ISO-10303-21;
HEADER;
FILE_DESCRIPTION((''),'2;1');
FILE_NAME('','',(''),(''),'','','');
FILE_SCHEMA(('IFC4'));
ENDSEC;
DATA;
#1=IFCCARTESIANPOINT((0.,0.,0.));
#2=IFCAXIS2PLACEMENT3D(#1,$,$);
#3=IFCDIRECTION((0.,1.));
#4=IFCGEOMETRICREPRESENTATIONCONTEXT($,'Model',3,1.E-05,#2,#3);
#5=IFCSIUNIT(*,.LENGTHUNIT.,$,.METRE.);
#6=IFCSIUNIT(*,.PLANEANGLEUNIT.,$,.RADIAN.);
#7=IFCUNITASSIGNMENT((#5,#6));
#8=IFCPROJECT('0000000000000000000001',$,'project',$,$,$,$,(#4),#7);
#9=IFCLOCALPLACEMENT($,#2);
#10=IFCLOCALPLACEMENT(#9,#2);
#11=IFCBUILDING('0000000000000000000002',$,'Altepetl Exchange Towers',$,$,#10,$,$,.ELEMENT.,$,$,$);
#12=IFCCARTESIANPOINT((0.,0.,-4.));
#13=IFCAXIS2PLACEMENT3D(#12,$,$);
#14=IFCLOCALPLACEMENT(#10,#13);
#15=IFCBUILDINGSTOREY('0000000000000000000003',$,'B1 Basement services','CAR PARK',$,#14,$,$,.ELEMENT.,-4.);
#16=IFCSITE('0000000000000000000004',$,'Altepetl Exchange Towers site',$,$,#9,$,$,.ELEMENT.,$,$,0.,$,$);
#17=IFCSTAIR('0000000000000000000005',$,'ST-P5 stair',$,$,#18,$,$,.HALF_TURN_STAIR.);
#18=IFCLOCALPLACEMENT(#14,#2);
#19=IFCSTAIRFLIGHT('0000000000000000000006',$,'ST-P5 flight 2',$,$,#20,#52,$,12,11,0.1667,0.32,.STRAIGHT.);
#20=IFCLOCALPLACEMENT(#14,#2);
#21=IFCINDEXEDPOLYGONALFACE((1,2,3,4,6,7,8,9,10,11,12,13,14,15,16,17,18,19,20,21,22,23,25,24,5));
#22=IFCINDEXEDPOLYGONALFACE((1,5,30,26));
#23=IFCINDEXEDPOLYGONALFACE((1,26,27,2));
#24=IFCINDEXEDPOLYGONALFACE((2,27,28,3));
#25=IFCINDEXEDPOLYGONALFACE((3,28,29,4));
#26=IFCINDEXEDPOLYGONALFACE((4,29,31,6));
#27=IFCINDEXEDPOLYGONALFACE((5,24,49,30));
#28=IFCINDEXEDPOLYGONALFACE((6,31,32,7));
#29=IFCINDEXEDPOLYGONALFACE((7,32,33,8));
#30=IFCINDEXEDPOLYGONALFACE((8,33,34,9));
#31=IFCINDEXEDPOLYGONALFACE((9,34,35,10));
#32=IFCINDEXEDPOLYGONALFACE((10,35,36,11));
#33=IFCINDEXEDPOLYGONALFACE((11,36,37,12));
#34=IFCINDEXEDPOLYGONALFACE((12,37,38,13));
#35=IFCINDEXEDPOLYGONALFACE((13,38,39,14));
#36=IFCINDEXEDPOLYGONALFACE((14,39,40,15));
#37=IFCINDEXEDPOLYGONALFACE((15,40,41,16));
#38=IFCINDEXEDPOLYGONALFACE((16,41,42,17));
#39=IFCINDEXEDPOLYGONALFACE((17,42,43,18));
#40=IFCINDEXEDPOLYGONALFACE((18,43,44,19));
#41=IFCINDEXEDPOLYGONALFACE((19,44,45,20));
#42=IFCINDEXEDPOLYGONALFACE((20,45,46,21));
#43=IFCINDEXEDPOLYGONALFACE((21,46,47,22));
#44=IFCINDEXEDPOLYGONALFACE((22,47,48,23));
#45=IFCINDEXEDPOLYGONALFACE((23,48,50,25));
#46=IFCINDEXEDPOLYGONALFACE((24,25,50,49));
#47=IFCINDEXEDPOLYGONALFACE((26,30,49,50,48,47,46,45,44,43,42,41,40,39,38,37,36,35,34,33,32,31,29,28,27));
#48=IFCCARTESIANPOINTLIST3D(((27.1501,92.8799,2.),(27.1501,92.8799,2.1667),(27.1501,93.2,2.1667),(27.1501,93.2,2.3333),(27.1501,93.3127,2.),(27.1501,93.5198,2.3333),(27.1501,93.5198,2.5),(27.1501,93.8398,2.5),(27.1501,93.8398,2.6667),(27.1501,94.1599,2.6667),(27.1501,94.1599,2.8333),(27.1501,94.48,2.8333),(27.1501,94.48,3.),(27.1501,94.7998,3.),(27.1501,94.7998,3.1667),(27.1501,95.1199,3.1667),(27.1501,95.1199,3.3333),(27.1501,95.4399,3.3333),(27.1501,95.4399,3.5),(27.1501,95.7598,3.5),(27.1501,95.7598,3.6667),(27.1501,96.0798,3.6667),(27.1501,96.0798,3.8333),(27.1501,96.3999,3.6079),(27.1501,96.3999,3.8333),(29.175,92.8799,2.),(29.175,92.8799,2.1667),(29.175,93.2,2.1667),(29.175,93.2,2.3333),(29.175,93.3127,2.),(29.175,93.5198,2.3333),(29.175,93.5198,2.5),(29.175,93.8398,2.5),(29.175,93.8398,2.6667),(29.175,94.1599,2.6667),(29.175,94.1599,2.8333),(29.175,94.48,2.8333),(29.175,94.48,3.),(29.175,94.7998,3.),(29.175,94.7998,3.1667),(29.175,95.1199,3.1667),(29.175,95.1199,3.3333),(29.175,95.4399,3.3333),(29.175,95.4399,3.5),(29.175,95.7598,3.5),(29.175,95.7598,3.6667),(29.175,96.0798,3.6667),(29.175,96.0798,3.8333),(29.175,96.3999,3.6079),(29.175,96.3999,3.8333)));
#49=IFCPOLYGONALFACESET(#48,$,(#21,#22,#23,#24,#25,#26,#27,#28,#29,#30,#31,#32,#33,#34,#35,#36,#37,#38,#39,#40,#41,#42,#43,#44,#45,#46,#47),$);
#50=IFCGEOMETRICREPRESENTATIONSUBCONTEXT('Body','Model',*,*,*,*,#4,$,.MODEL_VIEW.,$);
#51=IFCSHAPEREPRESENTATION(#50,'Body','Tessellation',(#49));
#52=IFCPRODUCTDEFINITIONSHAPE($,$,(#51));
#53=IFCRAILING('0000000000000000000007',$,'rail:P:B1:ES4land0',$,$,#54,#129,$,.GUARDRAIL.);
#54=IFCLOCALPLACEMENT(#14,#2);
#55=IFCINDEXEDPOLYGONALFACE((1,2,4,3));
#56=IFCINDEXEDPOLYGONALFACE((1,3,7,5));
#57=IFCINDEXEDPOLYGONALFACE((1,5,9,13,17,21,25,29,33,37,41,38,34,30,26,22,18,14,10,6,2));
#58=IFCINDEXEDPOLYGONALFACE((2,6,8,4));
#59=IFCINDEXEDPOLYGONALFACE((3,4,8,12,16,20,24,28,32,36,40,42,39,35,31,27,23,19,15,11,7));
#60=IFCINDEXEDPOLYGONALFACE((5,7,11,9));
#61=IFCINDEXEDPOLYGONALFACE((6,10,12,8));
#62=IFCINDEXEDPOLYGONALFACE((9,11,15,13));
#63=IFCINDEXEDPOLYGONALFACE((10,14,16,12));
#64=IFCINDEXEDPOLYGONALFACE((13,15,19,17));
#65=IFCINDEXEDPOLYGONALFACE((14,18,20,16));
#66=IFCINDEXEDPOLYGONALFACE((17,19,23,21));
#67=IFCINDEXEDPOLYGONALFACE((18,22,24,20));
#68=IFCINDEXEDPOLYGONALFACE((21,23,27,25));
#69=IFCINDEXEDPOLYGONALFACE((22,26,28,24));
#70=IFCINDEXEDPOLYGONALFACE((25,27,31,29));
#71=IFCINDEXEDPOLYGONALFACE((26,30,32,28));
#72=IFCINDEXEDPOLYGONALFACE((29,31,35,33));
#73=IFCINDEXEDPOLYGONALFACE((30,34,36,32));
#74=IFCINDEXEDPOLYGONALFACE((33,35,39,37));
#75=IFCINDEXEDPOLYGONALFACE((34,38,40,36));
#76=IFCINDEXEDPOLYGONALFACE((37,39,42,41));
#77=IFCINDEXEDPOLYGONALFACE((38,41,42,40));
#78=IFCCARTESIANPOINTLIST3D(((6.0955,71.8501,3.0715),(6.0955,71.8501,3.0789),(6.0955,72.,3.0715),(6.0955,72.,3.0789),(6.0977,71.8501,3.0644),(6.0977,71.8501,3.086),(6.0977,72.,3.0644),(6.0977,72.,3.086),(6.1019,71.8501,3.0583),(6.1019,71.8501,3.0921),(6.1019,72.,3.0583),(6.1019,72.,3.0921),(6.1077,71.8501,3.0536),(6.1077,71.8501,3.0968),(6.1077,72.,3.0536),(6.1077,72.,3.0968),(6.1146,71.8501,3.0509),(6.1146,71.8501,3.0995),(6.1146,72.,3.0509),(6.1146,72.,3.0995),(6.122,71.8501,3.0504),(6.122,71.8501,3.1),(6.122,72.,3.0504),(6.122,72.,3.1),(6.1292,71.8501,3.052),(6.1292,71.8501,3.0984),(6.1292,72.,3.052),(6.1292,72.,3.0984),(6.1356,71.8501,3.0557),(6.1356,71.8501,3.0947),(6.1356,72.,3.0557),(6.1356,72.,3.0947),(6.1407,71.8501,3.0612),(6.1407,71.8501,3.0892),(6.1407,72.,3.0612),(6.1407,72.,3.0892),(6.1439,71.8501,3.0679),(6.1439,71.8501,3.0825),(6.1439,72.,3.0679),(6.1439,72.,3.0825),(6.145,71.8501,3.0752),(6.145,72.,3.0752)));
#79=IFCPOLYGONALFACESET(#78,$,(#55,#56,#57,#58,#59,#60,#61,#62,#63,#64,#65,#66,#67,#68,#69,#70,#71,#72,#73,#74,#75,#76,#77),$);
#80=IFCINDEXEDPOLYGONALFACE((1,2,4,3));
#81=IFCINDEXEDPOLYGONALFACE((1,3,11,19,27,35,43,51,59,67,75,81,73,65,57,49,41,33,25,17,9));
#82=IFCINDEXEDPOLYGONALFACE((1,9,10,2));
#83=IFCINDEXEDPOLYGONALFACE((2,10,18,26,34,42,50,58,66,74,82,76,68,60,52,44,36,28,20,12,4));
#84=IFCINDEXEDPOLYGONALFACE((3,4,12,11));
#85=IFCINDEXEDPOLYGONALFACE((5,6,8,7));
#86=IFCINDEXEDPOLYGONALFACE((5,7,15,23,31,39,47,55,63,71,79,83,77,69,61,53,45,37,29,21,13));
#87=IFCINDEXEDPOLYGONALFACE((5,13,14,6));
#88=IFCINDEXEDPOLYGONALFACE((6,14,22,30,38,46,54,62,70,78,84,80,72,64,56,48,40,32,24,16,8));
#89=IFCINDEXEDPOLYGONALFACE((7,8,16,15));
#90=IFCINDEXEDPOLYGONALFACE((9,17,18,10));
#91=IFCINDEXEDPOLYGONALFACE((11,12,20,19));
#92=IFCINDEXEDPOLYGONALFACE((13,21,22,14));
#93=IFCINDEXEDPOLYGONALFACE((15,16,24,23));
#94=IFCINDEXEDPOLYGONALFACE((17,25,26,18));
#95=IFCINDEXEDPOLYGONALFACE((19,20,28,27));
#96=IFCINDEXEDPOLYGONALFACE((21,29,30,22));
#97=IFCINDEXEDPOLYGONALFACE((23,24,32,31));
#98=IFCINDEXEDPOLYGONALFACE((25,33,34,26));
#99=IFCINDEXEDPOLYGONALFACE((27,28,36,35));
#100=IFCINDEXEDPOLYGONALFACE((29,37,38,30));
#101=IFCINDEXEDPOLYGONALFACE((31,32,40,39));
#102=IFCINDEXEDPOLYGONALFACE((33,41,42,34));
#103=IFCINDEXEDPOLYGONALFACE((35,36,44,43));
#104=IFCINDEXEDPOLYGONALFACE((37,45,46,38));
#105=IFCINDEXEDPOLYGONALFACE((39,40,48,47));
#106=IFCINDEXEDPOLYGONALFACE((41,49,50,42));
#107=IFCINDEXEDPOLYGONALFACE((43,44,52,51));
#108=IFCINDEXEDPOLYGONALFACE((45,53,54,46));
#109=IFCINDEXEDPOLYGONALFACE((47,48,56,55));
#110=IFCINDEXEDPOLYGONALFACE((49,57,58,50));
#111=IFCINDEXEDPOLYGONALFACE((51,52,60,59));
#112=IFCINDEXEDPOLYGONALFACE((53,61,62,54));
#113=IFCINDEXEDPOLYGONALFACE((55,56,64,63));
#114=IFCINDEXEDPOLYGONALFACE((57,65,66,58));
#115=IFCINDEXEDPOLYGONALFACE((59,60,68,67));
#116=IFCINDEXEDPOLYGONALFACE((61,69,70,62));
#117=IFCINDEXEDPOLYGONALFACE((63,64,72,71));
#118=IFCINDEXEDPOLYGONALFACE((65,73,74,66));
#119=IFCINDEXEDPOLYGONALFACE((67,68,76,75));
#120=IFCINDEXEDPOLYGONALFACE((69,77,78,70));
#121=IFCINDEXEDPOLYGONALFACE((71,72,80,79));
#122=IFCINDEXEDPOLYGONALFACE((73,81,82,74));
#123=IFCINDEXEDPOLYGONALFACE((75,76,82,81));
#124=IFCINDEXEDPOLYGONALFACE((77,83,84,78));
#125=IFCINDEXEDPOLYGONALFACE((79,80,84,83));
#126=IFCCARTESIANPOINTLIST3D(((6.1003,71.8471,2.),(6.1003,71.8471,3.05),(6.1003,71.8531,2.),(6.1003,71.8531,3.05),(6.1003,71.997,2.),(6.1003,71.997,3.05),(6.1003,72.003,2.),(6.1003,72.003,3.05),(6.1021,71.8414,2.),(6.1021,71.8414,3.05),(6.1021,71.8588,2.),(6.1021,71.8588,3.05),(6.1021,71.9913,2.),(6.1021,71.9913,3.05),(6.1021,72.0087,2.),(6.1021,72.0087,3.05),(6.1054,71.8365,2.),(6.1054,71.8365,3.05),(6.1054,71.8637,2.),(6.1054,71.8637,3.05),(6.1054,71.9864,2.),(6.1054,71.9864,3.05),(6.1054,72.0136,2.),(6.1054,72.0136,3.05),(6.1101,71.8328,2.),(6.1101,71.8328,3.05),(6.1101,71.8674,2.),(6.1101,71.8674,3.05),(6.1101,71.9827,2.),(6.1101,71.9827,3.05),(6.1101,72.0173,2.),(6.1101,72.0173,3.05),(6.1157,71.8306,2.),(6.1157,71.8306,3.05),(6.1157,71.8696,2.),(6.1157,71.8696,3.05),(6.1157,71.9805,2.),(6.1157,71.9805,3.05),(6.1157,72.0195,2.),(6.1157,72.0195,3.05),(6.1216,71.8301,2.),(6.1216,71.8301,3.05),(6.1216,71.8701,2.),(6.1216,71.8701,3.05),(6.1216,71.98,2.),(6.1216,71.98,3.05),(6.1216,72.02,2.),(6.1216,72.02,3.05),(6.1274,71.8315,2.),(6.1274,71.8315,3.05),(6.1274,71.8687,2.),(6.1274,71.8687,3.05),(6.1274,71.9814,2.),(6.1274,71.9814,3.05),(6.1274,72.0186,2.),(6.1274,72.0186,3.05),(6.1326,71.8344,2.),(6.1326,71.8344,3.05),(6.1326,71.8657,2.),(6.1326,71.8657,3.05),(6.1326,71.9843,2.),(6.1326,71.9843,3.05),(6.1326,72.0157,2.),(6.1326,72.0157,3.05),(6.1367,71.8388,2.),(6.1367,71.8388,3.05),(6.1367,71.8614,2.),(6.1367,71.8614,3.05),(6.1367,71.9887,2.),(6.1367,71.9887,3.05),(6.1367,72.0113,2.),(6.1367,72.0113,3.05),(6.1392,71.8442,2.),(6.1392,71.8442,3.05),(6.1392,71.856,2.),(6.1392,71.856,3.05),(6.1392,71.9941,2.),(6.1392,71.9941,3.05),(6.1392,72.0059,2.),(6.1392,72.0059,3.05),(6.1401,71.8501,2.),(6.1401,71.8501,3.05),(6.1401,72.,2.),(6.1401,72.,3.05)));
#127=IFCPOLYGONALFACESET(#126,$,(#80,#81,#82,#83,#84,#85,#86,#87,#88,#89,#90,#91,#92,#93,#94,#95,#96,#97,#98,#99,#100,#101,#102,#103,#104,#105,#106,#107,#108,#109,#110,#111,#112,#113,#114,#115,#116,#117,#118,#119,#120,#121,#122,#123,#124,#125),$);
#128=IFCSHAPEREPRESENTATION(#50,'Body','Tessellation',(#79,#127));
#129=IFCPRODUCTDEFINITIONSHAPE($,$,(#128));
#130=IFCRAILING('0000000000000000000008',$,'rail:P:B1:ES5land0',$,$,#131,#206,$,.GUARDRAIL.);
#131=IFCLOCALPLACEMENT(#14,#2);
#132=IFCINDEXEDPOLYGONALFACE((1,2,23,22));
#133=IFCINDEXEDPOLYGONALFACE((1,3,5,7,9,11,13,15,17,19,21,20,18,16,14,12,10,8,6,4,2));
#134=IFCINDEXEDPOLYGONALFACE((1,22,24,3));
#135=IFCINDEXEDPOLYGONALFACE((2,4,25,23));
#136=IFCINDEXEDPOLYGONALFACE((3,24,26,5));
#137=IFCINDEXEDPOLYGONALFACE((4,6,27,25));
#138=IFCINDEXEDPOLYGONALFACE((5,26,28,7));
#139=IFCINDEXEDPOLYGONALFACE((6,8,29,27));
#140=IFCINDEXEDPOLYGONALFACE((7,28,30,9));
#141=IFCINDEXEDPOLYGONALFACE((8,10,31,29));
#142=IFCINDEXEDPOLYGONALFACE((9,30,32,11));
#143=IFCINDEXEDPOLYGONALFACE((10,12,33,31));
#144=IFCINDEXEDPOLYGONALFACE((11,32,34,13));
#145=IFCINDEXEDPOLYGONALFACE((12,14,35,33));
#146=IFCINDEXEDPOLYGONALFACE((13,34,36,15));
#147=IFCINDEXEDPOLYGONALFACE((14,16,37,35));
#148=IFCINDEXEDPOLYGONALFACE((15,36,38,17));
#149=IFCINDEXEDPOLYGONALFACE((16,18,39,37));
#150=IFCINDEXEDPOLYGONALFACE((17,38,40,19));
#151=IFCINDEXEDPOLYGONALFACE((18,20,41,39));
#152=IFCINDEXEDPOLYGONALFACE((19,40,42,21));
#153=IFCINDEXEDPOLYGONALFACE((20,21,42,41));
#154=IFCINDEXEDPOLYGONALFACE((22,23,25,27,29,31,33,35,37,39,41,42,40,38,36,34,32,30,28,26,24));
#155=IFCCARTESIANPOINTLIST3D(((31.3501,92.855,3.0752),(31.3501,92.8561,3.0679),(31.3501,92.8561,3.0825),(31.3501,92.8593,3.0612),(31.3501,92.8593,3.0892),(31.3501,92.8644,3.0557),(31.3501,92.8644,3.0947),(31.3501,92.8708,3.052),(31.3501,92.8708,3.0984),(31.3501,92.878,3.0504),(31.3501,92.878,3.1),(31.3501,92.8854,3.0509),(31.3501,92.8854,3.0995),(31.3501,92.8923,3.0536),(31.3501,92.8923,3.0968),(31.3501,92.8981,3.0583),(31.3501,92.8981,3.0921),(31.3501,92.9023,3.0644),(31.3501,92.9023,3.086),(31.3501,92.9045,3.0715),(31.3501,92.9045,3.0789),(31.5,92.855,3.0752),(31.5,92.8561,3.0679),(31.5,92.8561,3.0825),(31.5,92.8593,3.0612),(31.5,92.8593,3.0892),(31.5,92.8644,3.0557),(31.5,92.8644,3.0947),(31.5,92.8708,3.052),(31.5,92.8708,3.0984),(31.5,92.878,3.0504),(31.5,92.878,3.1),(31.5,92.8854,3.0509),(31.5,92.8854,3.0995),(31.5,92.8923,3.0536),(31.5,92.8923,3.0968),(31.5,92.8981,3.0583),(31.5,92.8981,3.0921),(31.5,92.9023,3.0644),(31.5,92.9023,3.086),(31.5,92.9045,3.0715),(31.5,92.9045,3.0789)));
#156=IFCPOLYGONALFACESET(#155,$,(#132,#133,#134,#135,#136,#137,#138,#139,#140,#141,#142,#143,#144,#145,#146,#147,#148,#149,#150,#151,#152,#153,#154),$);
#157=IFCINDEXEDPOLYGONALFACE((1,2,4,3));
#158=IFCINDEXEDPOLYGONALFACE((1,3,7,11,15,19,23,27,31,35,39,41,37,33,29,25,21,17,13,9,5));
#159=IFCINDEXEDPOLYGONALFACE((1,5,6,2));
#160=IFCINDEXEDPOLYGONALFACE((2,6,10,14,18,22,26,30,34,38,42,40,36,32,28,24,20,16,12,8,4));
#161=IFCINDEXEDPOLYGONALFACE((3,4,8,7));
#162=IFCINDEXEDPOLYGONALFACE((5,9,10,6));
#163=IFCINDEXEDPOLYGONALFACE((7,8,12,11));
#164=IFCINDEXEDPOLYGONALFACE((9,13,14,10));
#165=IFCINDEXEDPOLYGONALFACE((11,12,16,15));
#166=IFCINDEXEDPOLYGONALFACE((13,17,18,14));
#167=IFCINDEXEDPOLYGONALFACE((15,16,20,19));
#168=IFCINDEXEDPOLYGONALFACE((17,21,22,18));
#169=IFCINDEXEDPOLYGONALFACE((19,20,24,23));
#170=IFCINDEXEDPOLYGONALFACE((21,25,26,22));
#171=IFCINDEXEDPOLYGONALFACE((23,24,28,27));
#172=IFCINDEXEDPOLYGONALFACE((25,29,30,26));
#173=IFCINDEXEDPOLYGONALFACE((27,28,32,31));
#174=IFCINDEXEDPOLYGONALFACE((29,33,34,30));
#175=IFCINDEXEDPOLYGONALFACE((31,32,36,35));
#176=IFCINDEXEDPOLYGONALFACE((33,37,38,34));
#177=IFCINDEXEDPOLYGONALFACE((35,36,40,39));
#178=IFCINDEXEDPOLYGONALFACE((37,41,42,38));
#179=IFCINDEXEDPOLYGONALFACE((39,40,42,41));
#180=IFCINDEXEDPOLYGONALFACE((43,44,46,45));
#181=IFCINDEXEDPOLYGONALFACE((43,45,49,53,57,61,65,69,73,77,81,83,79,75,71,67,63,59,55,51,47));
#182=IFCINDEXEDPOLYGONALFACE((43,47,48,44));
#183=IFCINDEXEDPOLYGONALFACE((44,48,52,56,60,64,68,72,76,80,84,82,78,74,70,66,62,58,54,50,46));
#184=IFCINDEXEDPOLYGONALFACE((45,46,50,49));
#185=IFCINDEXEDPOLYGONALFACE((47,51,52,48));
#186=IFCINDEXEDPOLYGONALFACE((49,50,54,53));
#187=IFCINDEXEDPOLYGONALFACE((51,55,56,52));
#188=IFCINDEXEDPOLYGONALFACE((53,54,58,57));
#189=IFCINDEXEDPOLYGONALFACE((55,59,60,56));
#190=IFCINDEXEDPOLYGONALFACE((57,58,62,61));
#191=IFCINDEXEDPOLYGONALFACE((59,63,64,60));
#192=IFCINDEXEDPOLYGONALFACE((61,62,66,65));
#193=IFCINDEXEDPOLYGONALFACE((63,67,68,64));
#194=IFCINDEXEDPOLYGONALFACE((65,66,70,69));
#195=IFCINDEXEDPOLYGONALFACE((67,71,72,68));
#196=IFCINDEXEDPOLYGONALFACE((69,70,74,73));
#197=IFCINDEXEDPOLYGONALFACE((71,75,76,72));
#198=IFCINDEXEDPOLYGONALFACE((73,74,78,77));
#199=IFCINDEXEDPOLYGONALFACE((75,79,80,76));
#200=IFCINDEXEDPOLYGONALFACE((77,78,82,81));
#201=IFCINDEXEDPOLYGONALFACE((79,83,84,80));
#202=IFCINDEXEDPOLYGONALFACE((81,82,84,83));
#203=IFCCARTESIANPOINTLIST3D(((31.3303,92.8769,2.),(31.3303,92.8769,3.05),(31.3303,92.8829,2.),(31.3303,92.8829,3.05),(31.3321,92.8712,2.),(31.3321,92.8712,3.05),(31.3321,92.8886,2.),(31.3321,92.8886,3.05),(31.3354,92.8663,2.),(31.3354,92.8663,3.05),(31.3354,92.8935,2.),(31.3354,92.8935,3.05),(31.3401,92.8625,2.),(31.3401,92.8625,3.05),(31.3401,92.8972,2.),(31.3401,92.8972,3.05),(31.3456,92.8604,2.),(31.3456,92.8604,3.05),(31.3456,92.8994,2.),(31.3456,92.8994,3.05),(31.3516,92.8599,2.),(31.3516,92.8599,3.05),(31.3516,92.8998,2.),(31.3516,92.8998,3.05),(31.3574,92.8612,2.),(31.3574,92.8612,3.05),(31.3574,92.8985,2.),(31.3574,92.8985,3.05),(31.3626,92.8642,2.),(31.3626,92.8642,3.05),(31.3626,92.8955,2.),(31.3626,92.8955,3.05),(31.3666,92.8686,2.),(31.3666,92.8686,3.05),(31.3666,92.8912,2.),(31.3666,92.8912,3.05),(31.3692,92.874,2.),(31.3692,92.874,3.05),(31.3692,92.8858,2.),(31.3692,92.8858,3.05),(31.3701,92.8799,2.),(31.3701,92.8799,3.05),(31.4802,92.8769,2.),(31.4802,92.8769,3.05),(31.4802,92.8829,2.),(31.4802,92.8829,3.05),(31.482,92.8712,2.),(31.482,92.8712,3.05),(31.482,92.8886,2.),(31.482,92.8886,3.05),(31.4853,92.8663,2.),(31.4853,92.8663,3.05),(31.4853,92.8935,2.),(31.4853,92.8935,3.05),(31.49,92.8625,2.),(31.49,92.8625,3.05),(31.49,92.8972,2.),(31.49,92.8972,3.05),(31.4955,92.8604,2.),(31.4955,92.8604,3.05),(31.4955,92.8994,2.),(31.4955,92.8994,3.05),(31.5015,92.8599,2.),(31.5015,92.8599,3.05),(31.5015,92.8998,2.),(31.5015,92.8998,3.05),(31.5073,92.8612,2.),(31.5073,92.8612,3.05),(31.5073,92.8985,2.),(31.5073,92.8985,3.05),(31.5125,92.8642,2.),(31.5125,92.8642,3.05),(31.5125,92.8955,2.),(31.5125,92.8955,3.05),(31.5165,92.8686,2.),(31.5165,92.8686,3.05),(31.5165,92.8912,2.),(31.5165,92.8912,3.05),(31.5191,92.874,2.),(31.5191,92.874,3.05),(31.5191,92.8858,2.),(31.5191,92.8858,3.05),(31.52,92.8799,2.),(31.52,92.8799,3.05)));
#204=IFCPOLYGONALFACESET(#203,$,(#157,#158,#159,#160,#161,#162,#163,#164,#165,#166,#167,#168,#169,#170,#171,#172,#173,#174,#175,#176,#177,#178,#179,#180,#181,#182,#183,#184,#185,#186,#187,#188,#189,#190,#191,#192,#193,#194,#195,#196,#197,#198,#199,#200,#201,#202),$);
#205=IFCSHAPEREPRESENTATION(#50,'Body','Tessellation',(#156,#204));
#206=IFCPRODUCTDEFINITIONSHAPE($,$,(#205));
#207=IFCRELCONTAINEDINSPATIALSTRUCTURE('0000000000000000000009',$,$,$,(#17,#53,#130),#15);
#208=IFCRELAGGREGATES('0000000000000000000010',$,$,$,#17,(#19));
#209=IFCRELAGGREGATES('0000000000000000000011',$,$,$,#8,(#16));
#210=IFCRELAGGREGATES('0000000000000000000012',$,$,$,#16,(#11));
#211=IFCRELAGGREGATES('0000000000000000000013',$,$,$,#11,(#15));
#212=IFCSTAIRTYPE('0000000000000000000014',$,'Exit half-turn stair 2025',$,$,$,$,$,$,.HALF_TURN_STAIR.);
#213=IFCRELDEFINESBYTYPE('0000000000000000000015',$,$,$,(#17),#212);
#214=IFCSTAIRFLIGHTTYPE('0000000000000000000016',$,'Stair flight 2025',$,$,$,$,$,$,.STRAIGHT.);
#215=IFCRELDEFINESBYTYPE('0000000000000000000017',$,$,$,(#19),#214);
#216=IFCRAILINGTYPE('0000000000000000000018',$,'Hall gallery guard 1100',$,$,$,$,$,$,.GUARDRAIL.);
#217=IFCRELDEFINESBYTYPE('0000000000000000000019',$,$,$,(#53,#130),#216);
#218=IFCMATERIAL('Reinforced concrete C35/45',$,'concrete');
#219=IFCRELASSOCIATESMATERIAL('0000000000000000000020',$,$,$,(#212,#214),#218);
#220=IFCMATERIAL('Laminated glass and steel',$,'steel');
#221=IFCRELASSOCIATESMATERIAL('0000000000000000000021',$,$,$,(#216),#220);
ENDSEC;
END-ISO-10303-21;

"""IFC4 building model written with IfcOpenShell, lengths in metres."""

from ifc_helpers import new_model, si_unit, direction, frame, origin, origin_2d, place, context, subcontext, project, spatial, polyline, circle, outline, extrude, source, transform, mapped, material, type_object, element, aggregate, save


model = new_model("IFC4")

# Units and contexts
model_context = context("Model", 3, precision=1e-05, world=origin(), true_north=direction((0.0, 1.0)))
body_context = subcontext(model_context, "Body", "Model", "MODEL_VIEW")
ifc_project = project(units=[si_unit("LENGTHUNIT", "METRE"), si_unit("PLANEANGLEUNIT", "RADIAN")], contexts=[model_context])

# Site, building, storey
site_placement = place(None, origin())
site = spatial("IfcSite", under=ifc_project, at=site_placement, Name="Altepetl Exchange Towers site", CompositionType="ELEMENT", RefElevation=0.0)
building_placement = place(site_placement, origin())
building = spatial("IfcBuilding", under=site, at=building_placement, Name="Altepetl Exchange Towers", CompositionType="ELEMENT")
storey_placement = place(building_placement, frame((0.0, 0.0, -4.0)))
storey = spatial("IfcBuildingStorey", under=building, at=storey_placement, Name="B1 Basement services", Description="CAR PARK", CompositionType="ELEMENT", Elevation=-4.0)

# Shared definitions
ifc_material_1 = material(Name="Reinforced concrete C35/45", Category="concrete")

# Stair, stair flight
stair_type = type_object("IfcStairType", Name="Exit half-turn stair 2025", PredefinedType="HALF_TURN_STAIR", material=ifc_material_1)
stair_flight_type = type_object("IfcStairFlightType", Name="Stair flight 2025", PredefinedType="STRAIGHT", material=ifc_material_1)
stair_1_placement = place(storey_placement, origin())
stair_1 = element("IfcStair", 1, at=stair_1_placement, inside=storey, type_object=stair_type, Name="ST-P5 stair", PredefinedType="HALF_TURN_STAIR")
stair_flight_1_placement = place(storey_placement, frame((28.1626, 92.8799, 2.0), z_axis=(0.0, 0.0, 1.0), x_axis=(0.0, 1.0, 0.0)))
stair_flight_1 = element("IfcStairFlight", 2, at=stair_flight_1_placement, type_object=stair_flight_type, Name="ST-P5 flight 2", NumberOfRisers=12, NumberOfTreads=11, PredefinedType="STRAIGHT", RiserHeight=0.1667, TreadLength=0.32, context=body_context, shape_type="SweptSolid", body=[
    extrude(outline(polyline([(0.0, 0.0), (0.0, 0.1667), (0.3201, 0.1667), (0.3201, 0.3333), (0.6399, 0.3333), (0.6399, 0.5), (0.96, 0.5), (0.96, 0.6667), (1.28, 0.6667), (1.28, 0.8333), (1.6001, 0.8333), (1.6001, 1.0), (1.9199, 1.0), (1.9199, 1.1667), (2.24, 1.1667), (2.24, 1.3333), (2.5601, 1.3333), (2.5601, 1.5), (2.8799, 1.5), (2.8799, 1.6667), (3.2, 1.6667), (3.2, 1.8333), (3.52, 1.8333), (3.52, 2.0), (3.52, 1.6079), (0.4329, 0.0), (0.0, 0.0)])), frame((0.0, 1.0125, 0.0), z_axis=(0.0, -1.0, 0.0), x_axis=(1.0, 0.0, 0.0)), (0.0, 0.0, 1.0), 2.0249),
])
aggregate(stair_1, [stair_flight_1])

# Railings
ifc_material_2 = material(Name="Laminated glass and steel", Category="steel")
railing_type_1 = type_object("IfcRailingType", Name="Hall gallery guard 1100", PredefinedType="GUARDRAIL", material=ifc_material_2)
shared_shape_1 = source(origin(), body_context, "Body", "SweptSolid", [
    extrude(circle(Radius=0.02, at=origin_2d()), origin(), (0.0, 0.0, 1.0), 1.05),
])
railing_1_placement = place(storey_placement, frame((6.1201, 72.0, 2.0)))
element("IfcRailing", 3, at=railing_1_placement, inside=storey, type_object=railing_type_1, Name="rail:P:B1:ES4land0", PredefinedType="GUARDRAIL", context=body_context, shape_type="SweptSolid", body=[
    extrude(circle(Radius=0.0249, at=origin_2d()), frame((0.0, 0.0, 1.0752), z_axis=(0.0, -1.0, 0.0), x_axis=(1.0, 0.0, 0.0)), (0.0, 0.0, 1.0), 0.1499),
    mapped(shared_shape_1, transform((0.0, 0.0, 0.0))),
    mapped(shared_shape_1, transform((0.0, -0.1499, 0.0))),
])
for number, where, name in (
    (4, (31.5, 92.8799, 2.0), "rail:P:B1:ES5land0"),
):
    element("IfcRailing", number, at=place(storey_placement, frame(where)), inside=storey, type_object=railing_type_1, Name=name, PredefinedType="GUARDRAIL", context=body_context, shape_type="SweptSolid", body=[
        extrude(circle(Radius=0.0249, at=origin_2d()), frame((0.0, 0.0, 1.0752), z_axis=(-1.0, 0.0, 0.0), x_axis=(0.0, -1.0, 0.0)), (0.0, 0.0, 1.0), 0.1499),
        mapped(shared_shape_1, transform((0.0, 0.0, 0.0))),
        mapped(shared_shape_1, transform((-0.1499, 0.0, 0.0))),
    ])

save(model, "model.ifc")
